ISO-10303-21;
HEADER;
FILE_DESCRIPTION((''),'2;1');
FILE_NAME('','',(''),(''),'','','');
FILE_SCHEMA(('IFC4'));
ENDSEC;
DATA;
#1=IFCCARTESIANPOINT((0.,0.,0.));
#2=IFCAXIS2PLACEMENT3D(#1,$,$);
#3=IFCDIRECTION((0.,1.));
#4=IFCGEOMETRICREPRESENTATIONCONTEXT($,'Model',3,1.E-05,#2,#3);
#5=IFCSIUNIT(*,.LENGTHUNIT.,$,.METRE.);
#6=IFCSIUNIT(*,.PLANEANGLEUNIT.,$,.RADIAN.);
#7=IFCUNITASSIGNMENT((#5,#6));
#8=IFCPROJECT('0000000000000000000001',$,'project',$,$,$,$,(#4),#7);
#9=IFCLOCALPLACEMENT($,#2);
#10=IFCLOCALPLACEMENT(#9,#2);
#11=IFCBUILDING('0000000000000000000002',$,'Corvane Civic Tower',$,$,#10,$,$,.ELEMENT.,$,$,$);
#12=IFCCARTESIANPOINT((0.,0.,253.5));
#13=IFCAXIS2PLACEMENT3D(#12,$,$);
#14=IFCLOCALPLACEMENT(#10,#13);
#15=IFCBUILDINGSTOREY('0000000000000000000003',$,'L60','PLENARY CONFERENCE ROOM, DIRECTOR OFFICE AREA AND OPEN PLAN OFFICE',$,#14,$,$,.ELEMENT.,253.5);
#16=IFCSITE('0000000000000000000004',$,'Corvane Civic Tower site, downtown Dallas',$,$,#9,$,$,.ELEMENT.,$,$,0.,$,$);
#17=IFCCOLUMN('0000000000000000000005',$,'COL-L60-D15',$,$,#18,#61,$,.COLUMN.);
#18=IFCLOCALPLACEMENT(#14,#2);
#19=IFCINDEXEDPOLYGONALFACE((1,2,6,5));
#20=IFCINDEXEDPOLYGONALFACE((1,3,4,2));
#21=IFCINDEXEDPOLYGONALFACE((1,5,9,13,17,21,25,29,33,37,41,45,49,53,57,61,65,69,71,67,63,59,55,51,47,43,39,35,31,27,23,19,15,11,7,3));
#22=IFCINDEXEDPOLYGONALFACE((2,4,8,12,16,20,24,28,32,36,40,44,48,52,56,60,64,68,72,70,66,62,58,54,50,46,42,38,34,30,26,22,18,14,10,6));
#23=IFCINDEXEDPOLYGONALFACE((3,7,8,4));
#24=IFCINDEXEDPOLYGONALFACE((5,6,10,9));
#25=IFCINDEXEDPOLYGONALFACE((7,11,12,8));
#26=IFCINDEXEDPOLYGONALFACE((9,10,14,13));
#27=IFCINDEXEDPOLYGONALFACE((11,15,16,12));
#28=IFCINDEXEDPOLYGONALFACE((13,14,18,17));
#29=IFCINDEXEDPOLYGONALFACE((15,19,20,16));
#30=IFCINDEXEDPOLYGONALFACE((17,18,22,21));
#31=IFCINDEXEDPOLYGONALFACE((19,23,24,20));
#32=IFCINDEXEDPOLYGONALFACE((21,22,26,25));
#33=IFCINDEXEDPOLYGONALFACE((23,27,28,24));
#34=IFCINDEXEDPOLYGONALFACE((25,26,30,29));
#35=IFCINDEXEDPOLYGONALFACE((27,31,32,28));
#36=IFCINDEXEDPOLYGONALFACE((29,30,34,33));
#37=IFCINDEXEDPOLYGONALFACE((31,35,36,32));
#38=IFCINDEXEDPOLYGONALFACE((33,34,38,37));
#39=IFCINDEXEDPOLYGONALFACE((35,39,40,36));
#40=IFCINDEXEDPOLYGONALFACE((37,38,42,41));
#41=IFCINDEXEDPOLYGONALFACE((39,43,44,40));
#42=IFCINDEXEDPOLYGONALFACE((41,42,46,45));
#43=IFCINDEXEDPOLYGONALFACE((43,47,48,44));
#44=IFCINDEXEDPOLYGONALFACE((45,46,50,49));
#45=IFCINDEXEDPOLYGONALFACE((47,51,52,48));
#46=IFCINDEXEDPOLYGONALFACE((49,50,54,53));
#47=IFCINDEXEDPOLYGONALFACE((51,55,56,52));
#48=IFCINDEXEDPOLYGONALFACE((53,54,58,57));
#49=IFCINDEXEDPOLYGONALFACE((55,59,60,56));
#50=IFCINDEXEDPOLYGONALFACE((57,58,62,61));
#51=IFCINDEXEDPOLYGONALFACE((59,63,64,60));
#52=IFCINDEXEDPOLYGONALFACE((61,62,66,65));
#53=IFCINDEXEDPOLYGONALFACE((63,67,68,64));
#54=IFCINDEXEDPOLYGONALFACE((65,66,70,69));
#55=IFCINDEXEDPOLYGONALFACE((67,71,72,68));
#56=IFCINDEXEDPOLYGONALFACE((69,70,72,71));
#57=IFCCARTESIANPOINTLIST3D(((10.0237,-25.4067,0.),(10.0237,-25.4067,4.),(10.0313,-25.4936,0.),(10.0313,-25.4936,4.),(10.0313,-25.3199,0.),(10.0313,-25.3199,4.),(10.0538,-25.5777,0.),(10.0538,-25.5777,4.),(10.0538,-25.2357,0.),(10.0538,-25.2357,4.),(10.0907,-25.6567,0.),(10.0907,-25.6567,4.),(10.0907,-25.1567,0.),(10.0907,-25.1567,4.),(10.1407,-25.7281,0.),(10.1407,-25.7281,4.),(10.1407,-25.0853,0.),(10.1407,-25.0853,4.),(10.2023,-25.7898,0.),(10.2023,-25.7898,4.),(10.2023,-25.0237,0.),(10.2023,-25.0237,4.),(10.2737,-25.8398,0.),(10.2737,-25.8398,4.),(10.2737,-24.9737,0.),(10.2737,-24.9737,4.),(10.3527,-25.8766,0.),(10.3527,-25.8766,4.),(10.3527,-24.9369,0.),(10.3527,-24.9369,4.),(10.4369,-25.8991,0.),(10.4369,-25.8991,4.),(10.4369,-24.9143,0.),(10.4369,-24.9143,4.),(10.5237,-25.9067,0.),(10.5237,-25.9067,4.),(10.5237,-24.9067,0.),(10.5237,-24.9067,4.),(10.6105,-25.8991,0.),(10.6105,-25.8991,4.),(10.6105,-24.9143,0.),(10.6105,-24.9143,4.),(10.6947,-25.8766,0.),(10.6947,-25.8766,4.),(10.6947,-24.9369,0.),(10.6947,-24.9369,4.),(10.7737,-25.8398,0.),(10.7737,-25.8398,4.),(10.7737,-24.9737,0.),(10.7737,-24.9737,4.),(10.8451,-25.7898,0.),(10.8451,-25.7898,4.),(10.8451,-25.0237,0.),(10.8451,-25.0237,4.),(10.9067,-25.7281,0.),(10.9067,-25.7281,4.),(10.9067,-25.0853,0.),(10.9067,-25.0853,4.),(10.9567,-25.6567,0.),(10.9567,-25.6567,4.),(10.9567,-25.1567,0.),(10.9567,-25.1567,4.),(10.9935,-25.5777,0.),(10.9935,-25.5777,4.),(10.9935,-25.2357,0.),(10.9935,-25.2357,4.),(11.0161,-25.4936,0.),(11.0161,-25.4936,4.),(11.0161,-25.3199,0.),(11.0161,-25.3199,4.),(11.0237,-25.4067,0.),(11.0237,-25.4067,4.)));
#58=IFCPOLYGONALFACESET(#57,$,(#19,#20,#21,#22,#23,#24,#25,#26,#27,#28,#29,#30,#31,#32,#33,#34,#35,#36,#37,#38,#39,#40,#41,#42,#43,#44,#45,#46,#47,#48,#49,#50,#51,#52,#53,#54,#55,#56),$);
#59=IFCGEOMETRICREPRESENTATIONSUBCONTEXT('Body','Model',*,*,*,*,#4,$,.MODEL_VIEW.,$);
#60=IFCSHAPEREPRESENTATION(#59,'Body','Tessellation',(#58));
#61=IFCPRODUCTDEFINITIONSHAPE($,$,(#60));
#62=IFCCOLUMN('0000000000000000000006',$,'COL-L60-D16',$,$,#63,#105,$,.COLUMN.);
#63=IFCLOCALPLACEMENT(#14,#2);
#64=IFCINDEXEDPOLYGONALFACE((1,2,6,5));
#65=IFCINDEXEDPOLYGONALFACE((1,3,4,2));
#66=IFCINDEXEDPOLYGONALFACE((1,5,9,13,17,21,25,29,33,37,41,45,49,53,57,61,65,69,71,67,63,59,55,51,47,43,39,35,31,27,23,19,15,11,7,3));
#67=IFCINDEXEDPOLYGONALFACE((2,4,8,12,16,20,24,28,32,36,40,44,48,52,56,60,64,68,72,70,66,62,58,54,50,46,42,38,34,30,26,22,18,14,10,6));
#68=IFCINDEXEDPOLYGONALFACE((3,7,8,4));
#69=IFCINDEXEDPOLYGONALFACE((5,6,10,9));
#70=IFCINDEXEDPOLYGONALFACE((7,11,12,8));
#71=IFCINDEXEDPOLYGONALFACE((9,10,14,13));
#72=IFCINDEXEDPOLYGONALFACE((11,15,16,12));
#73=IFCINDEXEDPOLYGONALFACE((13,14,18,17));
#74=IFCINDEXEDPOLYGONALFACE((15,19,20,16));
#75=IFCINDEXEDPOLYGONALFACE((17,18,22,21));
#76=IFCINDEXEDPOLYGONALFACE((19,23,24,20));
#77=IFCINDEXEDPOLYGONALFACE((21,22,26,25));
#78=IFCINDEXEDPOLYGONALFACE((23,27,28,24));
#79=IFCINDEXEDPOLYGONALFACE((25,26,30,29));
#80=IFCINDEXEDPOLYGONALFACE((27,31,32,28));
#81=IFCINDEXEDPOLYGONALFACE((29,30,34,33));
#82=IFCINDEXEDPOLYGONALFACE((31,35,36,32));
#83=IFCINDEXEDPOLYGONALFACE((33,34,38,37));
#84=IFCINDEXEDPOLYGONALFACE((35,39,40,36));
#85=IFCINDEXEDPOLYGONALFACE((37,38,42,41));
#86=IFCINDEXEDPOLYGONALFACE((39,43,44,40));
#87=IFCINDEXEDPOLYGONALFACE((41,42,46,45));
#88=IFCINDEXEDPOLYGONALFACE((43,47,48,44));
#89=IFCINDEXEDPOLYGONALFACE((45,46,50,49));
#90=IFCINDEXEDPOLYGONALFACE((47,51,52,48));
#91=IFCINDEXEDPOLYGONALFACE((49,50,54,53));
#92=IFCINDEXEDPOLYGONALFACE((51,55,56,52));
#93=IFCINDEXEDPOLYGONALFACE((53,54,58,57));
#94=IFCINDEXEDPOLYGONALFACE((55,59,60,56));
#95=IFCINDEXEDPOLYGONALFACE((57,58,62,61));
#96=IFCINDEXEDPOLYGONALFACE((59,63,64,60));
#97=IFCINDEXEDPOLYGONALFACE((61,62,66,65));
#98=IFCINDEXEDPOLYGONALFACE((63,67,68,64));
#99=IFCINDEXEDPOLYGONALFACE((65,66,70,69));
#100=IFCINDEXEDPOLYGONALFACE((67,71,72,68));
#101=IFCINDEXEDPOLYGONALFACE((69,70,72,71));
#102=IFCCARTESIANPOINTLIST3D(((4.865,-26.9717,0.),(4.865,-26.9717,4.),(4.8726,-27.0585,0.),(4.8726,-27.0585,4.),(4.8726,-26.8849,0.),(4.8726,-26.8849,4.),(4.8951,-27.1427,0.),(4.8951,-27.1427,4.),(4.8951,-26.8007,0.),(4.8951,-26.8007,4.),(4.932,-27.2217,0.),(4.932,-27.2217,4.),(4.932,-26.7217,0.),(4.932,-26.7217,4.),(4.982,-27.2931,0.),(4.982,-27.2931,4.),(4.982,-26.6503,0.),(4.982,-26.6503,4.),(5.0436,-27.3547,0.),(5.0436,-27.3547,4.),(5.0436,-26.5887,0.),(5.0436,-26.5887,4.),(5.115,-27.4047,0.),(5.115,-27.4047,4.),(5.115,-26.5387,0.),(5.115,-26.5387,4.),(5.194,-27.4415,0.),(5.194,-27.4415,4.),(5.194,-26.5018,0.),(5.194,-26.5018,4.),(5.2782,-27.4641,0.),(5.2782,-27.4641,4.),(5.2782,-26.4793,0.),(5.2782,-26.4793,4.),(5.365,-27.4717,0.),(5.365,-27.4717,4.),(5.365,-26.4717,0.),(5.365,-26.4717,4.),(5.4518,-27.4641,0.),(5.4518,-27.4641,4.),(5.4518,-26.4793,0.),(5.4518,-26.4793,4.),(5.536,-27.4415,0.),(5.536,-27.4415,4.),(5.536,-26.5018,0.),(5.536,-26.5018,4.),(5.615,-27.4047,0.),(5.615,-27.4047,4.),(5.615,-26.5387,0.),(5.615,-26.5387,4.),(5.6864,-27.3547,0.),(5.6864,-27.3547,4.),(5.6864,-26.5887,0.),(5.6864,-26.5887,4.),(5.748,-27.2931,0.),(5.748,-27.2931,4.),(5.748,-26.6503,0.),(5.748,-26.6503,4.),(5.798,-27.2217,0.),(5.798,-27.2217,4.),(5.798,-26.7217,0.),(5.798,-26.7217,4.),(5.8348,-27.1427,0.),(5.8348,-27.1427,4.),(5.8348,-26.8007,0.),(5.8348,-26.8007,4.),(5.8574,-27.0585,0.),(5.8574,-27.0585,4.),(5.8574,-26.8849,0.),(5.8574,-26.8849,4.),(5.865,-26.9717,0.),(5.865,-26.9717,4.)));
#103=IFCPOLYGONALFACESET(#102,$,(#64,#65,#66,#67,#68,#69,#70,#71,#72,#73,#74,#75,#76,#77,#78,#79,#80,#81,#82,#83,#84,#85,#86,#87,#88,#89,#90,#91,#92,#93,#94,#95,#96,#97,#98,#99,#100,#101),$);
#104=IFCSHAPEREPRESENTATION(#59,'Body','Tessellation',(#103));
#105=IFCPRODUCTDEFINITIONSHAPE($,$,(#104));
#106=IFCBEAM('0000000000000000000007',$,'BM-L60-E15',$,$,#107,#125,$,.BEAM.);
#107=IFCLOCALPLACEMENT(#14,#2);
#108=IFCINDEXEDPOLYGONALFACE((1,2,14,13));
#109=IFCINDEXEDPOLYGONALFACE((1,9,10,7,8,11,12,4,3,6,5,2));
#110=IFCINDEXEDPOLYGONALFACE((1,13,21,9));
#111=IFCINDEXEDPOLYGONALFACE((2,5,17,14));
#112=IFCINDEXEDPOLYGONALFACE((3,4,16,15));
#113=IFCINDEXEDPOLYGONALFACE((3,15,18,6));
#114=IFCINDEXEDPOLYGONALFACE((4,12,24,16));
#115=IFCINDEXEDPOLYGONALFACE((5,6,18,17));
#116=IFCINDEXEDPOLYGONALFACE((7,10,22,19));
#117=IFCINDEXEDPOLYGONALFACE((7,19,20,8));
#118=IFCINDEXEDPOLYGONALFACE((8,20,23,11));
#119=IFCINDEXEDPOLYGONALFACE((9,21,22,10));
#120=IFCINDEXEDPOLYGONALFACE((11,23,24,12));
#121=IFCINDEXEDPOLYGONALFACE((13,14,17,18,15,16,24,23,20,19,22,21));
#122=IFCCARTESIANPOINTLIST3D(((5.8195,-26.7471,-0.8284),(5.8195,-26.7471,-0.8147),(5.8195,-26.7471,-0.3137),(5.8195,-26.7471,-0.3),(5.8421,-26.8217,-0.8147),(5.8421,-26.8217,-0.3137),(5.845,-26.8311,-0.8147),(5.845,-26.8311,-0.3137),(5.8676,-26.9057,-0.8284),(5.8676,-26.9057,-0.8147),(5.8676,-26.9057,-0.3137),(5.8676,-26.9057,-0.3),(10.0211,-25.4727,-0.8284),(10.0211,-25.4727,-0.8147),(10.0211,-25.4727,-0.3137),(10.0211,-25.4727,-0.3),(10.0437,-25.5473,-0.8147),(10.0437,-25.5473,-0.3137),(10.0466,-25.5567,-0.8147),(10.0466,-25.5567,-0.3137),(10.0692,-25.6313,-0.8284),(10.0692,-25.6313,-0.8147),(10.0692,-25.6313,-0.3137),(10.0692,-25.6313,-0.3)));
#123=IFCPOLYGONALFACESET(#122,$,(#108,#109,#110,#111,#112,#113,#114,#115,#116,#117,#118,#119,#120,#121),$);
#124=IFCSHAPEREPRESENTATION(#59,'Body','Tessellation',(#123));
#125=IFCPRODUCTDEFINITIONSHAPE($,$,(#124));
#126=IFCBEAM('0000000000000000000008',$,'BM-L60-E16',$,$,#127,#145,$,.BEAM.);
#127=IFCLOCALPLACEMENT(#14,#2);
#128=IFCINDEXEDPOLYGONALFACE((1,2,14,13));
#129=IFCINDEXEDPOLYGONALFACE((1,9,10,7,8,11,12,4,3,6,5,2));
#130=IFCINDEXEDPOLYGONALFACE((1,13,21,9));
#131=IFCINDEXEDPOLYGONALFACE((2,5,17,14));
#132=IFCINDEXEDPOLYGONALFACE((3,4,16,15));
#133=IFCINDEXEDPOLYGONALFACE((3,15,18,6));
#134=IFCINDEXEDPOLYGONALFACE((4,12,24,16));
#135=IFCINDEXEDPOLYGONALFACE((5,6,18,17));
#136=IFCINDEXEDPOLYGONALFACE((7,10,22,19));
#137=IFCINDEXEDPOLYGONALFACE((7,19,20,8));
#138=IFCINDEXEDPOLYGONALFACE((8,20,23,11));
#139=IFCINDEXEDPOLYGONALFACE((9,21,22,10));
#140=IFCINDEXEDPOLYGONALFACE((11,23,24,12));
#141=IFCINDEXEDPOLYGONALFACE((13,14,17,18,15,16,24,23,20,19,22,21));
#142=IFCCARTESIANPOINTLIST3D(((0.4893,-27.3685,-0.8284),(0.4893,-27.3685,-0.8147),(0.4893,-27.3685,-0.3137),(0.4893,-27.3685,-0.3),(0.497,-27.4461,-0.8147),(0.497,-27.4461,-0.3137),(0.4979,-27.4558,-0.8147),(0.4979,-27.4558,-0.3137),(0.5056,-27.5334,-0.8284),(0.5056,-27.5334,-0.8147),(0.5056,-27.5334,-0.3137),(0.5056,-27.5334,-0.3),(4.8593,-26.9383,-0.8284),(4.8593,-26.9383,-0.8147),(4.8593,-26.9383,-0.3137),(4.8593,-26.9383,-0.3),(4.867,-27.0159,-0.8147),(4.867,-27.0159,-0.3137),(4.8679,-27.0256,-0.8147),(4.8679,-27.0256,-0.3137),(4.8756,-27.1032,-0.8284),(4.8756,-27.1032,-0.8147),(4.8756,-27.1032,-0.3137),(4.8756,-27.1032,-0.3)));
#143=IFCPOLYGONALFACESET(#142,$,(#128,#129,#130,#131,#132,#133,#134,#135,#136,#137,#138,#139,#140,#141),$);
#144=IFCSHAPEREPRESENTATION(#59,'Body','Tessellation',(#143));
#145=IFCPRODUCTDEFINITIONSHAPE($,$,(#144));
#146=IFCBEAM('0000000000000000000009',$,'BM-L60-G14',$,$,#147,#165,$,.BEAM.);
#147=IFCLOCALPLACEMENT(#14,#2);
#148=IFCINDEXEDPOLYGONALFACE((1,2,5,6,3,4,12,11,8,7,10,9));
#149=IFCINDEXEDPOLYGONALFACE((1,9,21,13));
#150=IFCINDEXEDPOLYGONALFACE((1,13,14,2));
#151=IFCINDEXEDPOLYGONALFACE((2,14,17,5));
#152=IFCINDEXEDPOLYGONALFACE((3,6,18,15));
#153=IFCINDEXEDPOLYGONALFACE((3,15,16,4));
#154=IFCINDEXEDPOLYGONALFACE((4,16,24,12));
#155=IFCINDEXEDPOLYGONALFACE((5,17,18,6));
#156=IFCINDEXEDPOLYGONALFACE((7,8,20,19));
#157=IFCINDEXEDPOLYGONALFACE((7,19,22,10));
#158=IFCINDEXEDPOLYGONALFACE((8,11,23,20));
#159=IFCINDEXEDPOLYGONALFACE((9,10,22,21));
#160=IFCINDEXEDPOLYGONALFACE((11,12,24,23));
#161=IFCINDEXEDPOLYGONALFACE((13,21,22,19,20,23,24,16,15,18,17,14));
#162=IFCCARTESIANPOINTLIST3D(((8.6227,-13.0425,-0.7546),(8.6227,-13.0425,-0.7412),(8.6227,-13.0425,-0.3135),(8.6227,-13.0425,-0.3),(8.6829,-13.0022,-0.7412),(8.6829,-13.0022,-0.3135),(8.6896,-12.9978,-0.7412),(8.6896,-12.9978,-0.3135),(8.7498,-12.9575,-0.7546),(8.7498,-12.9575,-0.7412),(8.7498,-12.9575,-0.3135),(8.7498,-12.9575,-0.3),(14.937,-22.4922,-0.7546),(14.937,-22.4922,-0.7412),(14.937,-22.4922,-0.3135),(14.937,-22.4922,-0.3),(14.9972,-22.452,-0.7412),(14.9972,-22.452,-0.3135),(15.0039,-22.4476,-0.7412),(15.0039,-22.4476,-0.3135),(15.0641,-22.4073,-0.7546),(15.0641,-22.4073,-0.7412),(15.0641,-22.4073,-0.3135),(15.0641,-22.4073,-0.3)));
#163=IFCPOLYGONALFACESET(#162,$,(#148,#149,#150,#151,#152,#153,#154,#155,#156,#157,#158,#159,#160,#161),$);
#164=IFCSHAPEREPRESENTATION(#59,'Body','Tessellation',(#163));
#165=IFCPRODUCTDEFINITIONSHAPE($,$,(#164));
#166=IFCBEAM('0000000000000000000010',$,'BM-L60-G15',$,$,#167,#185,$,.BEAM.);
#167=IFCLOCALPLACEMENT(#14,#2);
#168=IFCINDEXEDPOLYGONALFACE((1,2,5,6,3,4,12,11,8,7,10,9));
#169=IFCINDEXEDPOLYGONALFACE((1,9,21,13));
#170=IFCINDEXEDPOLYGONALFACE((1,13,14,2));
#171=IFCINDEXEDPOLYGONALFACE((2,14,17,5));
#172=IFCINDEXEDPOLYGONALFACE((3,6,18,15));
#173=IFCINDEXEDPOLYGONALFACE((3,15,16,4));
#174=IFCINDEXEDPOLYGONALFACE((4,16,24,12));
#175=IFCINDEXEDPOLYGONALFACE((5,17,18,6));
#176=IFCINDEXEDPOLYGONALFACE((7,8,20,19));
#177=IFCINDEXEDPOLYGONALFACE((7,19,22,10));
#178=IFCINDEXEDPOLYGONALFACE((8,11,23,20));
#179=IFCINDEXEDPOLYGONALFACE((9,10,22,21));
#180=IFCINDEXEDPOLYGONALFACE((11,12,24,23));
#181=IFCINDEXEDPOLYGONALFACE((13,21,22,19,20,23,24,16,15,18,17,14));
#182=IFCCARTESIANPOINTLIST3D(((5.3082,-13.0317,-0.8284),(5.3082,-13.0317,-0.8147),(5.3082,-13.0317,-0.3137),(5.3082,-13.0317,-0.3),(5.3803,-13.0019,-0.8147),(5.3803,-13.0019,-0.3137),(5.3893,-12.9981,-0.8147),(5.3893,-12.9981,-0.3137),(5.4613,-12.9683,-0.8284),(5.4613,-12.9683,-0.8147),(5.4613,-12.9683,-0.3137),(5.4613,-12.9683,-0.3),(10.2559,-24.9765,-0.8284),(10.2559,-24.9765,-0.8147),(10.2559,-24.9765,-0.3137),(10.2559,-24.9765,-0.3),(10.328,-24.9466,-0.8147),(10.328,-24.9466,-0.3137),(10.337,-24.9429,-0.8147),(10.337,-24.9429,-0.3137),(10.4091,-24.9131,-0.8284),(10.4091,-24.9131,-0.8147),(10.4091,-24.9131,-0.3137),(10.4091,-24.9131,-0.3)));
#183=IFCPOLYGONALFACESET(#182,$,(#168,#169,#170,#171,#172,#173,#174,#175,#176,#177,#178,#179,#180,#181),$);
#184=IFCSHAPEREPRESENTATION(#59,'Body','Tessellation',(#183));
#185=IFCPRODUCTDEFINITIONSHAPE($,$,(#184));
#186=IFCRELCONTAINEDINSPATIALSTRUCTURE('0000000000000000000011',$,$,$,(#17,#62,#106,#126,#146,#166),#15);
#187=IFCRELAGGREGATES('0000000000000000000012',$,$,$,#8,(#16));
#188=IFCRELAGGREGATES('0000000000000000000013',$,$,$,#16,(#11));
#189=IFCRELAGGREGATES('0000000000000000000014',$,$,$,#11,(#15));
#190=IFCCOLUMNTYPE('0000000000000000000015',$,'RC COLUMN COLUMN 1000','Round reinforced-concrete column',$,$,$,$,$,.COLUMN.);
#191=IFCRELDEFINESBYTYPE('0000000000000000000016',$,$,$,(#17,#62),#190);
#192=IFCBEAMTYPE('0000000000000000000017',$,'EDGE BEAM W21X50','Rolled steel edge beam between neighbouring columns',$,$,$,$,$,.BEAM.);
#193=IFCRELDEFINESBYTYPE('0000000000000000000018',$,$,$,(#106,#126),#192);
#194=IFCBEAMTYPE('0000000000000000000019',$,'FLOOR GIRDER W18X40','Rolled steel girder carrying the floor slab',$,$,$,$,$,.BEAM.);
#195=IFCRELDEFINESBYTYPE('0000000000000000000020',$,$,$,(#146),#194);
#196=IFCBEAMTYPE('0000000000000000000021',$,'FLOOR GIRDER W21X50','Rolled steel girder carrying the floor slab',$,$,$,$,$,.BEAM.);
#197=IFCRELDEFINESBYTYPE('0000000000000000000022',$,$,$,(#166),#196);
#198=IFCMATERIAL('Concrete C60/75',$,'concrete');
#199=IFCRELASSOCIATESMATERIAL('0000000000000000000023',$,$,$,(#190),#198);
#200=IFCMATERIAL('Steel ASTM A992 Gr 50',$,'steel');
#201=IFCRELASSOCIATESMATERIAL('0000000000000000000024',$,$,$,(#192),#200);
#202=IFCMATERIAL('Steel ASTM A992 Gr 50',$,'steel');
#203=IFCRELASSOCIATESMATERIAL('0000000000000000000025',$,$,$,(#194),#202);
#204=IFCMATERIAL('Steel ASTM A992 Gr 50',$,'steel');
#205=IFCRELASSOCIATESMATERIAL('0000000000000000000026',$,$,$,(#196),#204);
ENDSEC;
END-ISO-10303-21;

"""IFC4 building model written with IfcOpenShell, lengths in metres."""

from ifc_helpers import new_model, si_unit, direction, frame, origin, origin_2d, place, context, subcontext, project, spatial, circle, i_section, extrude, material, material_profile, profile_set, type_object, element, save


model = new_model("IFC4")

# Units and contexts
model_context = context("Model", 3, precision=1e-05, world=origin(), true_north=direction((0.0, 1.0)))
body_context = subcontext(model_context, "Body", "Model", "MODEL_VIEW")
ifc_project = project(units=[si_unit("LENGTHUNIT", "METRE"), si_unit("PLANEANGLEUNIT", "RADIAN")], contexts=[model_context])

# Site, building, storey
site_placement = place(None, origin())
site = spatial("IfcSite", under=ifc_project, at=site_placement, Name="Corvane Civic Tower site, downtown Dallas", CompositionType="ELEMENT", RefElevation=0.0)
building_placement = place(site_placement, origin())
building = spatial("IfcBuilding", under=site, at=building_placement, Name="Corvane Civic Tower", CompositionType="ELEMENT")
storey_placement = place(building_placement, frame((0.0, 0.0, 253.5)))
storey = spatial("IfcBuildingStorey", under=building, at=storey_placement, Name="L60", Description="PLENARY CONFERENCE ROOM, DIRECTOR OFFICE AREA AND OPEN PLAN OFFICE", CompositionType="ELEMENT", Elevation=253.5)

# Columns
ifc_material_1 = material(Name="Concrete C60/75", Category="concrete")
ifc_material_profile_1 = material_profile(ifc_material_1, circle(Radius=0.5, at=origin_2d()), Name="COLUMN 1000")
ifc_profile_set_1 = profile_set([ifc_material_profile_1], Name="Concrete C60/75")
column_type = type_object("IfcColumnType", Name="RC COLUMN COLUMN 1000", Description="Round reinforced-concrete column", PredefinedType="COLUMN", material=ifc_profile_set_1)
for number, where, z_axis, x_axis, name in (
    (1, (10.5237, -25.4067, 0.0), (0.0, 0.0, 1.0), (1.0, 0.0, 0.0), "COL-L60-D15"),
    (2, (5.365, -26.9717, 0.0), (0.0, 0.0, 1.0), (1.0, 0.0, 0.0), "COL-L60-D16"),
):
    element("IfcColumn", number, at=place(storey_placement, frame(where, z_axis=z_axis, x_axis=x_axis)), inside=storey, type_object=column_type, Name=name, PredefinedType="COLUMN", context=body_context, shape_type="SweptSolid", body=[
        extrude(circle(Radius=0.5, at=origin_2d()), origin(), (0.0, 0.0, 1.0), 4.0),
    ])

# Beams
ifc_material_2 = material(Name="Steel ASTM A992 Gr 50", Category="steel")
ifc_material_profile_2 = material_profile(ifc_material_2, i_section(OverallWidth=0.1658, OverallDepth=0.5283, WebThickness=0.0098, FlangeThickness=0.0137, at=origin_2d()), Name="W21X50")
ifc_profile_set_2 = profile_set([ifc_material_profile_2], Name="Steel ASTM A992 Gr 50")
beam_type_1 = type_object("IfcBeamType", Name="EDGE BEAM W21X50", Description="Rolled steel edge beam between neighbouring columns", PredefinedType="BEAM", material=ifc_profile_set_2)
beam_1_placement = place(storey_placement, frame((10.0452, -25.552, -0.5642), z_axis=(-0.95695, -0.290254, 0.0), x_axis=(0.290254, -0.95695, 0.0)))
element("IfcBeam", 3, at=beam_1_placement, inside=storey, type_object=beam_type_1, Name="BM-L60-E15", PredefinedType="BEAM", context=body_context, shape_type="SweptSolid", body=[
    extrude(i_section(OverallWidth=0.1658, OverallDepth=0.5283, WebThickness=0.0098, FlangeThickness=0.0137, at=origin_2d()), origin(), (0.0, 0.0, 1.0), 4.3906),
])
beam_2_placement = place(storey_placement, frame((4.8674, -27.0208, -0.5642), z_axis=(-0.99519, -0.097968, 0.0), x_axis=(0.097968, -0.99519, 0.0)))
element("IfcBeam", 4, at=beam_2_placement, inside=storey, type_object=beam_type_1, Name="BM-L60-E16", PredefinedType="BEAM", context=body_context, shape_type="SweptSolid", body=[
    extrude(i_section(OverallWidth=0.1658, OverallDepth=0.5283, WebThickness=0.0098, FlangeThickness=0.0137, at=origin_2d()), origin(), (0.0, 0.0, 1.0), 4.3911),
])
ifc_material_3 = material(Name="Steel ASTM A992 Gr 50", Category="steel")
ifc_material_profile_3 = material_profile(ifc_material_3, i_section(OverallWidth=0.1528, OverallDepth=0.4546, WebThickness=0.0081, FlangeThickness=0.0134, at=origin_2d()), Name="W18X40")
ifc_profile_set_3 = profile_set([ifc_material_profile_3], Name="Steel ASTM A992 Gr 50")
beam_type_2 = type_object("IfcBeamType", Name="FLOOR GIRDER W18X40", Description="Rolled steel girder carrying the floor slab", PredefinedType="BEAM", material=ifc_profile_set_3)
beam_3_placement = place(storey_placement, frame((8.6863, -13.0, -0.5273), z_axis=(0.555577, -0.831465, 0.0), x_axis=(0.831465, 0.555577, 0.0)))
element("IfcBeam", 5, at=beam_3_placement, inside=storey, type_object=beam_type_2, Name="BM-L60-G14", PredefinedType="BEAM", context=body_context, shape_type="SweptSolid", body=[
    extrude(i_section(OverallWidth=0.1528, OverallDepth=0.4546, WebThickness=0.0081, FlangeThickness=0.0134, at=origin_2d()), origin(), (0.0, 0.0, 1.0), 11.3652),
])
ifc_material_4 = material(Name="Steel ASTM A992 Gr 50", Category="steel")
ifc_material_profile_4 = material_profile(ifc_material_4, i_section(OverallWidth=0.1658, OverallDepth=0.5283, WebThickness=0.0098, FlangeThickness=0.0137, at=origin_2d()), Name="W21X50")
ifc_profile_set_4 = profile_set([ifc_material_profile_4], Name="Steel ASTM A992 Gr 50")
beam_type_3 = type_object("IfcBeamType", Name="FLOOR GIRDER W21X50", Description="Rolled steel girder carrying the floor slab", PredefinedType="BEAM", material=ifc_profile_set_4)
beam_4_placement = place(storey_placement, frame((5.3848, -13.0, -0.5642), z_axis=(0.382686, -0.923878, 0.0), x_axis=(0.923878, 0.382686, 0.0)))
element("IfcBeam", 6, at=beam_4_placement, inside=storey, type_object=beam_type_3, Name="BM-L60-G15", PredefinedType="BEAM", context=body_context, shape_type="SweptSolid", body=[
    extrude(i_section(OverallWidth=0.1658, OverallDepth=0.5283, WebThickness=0.0098, FlangeThickness=0.0137, at=origin_2d()), origin(), (0.0, 0.0, 1.0), 12.929),
])

save(model, "model.ifc")
